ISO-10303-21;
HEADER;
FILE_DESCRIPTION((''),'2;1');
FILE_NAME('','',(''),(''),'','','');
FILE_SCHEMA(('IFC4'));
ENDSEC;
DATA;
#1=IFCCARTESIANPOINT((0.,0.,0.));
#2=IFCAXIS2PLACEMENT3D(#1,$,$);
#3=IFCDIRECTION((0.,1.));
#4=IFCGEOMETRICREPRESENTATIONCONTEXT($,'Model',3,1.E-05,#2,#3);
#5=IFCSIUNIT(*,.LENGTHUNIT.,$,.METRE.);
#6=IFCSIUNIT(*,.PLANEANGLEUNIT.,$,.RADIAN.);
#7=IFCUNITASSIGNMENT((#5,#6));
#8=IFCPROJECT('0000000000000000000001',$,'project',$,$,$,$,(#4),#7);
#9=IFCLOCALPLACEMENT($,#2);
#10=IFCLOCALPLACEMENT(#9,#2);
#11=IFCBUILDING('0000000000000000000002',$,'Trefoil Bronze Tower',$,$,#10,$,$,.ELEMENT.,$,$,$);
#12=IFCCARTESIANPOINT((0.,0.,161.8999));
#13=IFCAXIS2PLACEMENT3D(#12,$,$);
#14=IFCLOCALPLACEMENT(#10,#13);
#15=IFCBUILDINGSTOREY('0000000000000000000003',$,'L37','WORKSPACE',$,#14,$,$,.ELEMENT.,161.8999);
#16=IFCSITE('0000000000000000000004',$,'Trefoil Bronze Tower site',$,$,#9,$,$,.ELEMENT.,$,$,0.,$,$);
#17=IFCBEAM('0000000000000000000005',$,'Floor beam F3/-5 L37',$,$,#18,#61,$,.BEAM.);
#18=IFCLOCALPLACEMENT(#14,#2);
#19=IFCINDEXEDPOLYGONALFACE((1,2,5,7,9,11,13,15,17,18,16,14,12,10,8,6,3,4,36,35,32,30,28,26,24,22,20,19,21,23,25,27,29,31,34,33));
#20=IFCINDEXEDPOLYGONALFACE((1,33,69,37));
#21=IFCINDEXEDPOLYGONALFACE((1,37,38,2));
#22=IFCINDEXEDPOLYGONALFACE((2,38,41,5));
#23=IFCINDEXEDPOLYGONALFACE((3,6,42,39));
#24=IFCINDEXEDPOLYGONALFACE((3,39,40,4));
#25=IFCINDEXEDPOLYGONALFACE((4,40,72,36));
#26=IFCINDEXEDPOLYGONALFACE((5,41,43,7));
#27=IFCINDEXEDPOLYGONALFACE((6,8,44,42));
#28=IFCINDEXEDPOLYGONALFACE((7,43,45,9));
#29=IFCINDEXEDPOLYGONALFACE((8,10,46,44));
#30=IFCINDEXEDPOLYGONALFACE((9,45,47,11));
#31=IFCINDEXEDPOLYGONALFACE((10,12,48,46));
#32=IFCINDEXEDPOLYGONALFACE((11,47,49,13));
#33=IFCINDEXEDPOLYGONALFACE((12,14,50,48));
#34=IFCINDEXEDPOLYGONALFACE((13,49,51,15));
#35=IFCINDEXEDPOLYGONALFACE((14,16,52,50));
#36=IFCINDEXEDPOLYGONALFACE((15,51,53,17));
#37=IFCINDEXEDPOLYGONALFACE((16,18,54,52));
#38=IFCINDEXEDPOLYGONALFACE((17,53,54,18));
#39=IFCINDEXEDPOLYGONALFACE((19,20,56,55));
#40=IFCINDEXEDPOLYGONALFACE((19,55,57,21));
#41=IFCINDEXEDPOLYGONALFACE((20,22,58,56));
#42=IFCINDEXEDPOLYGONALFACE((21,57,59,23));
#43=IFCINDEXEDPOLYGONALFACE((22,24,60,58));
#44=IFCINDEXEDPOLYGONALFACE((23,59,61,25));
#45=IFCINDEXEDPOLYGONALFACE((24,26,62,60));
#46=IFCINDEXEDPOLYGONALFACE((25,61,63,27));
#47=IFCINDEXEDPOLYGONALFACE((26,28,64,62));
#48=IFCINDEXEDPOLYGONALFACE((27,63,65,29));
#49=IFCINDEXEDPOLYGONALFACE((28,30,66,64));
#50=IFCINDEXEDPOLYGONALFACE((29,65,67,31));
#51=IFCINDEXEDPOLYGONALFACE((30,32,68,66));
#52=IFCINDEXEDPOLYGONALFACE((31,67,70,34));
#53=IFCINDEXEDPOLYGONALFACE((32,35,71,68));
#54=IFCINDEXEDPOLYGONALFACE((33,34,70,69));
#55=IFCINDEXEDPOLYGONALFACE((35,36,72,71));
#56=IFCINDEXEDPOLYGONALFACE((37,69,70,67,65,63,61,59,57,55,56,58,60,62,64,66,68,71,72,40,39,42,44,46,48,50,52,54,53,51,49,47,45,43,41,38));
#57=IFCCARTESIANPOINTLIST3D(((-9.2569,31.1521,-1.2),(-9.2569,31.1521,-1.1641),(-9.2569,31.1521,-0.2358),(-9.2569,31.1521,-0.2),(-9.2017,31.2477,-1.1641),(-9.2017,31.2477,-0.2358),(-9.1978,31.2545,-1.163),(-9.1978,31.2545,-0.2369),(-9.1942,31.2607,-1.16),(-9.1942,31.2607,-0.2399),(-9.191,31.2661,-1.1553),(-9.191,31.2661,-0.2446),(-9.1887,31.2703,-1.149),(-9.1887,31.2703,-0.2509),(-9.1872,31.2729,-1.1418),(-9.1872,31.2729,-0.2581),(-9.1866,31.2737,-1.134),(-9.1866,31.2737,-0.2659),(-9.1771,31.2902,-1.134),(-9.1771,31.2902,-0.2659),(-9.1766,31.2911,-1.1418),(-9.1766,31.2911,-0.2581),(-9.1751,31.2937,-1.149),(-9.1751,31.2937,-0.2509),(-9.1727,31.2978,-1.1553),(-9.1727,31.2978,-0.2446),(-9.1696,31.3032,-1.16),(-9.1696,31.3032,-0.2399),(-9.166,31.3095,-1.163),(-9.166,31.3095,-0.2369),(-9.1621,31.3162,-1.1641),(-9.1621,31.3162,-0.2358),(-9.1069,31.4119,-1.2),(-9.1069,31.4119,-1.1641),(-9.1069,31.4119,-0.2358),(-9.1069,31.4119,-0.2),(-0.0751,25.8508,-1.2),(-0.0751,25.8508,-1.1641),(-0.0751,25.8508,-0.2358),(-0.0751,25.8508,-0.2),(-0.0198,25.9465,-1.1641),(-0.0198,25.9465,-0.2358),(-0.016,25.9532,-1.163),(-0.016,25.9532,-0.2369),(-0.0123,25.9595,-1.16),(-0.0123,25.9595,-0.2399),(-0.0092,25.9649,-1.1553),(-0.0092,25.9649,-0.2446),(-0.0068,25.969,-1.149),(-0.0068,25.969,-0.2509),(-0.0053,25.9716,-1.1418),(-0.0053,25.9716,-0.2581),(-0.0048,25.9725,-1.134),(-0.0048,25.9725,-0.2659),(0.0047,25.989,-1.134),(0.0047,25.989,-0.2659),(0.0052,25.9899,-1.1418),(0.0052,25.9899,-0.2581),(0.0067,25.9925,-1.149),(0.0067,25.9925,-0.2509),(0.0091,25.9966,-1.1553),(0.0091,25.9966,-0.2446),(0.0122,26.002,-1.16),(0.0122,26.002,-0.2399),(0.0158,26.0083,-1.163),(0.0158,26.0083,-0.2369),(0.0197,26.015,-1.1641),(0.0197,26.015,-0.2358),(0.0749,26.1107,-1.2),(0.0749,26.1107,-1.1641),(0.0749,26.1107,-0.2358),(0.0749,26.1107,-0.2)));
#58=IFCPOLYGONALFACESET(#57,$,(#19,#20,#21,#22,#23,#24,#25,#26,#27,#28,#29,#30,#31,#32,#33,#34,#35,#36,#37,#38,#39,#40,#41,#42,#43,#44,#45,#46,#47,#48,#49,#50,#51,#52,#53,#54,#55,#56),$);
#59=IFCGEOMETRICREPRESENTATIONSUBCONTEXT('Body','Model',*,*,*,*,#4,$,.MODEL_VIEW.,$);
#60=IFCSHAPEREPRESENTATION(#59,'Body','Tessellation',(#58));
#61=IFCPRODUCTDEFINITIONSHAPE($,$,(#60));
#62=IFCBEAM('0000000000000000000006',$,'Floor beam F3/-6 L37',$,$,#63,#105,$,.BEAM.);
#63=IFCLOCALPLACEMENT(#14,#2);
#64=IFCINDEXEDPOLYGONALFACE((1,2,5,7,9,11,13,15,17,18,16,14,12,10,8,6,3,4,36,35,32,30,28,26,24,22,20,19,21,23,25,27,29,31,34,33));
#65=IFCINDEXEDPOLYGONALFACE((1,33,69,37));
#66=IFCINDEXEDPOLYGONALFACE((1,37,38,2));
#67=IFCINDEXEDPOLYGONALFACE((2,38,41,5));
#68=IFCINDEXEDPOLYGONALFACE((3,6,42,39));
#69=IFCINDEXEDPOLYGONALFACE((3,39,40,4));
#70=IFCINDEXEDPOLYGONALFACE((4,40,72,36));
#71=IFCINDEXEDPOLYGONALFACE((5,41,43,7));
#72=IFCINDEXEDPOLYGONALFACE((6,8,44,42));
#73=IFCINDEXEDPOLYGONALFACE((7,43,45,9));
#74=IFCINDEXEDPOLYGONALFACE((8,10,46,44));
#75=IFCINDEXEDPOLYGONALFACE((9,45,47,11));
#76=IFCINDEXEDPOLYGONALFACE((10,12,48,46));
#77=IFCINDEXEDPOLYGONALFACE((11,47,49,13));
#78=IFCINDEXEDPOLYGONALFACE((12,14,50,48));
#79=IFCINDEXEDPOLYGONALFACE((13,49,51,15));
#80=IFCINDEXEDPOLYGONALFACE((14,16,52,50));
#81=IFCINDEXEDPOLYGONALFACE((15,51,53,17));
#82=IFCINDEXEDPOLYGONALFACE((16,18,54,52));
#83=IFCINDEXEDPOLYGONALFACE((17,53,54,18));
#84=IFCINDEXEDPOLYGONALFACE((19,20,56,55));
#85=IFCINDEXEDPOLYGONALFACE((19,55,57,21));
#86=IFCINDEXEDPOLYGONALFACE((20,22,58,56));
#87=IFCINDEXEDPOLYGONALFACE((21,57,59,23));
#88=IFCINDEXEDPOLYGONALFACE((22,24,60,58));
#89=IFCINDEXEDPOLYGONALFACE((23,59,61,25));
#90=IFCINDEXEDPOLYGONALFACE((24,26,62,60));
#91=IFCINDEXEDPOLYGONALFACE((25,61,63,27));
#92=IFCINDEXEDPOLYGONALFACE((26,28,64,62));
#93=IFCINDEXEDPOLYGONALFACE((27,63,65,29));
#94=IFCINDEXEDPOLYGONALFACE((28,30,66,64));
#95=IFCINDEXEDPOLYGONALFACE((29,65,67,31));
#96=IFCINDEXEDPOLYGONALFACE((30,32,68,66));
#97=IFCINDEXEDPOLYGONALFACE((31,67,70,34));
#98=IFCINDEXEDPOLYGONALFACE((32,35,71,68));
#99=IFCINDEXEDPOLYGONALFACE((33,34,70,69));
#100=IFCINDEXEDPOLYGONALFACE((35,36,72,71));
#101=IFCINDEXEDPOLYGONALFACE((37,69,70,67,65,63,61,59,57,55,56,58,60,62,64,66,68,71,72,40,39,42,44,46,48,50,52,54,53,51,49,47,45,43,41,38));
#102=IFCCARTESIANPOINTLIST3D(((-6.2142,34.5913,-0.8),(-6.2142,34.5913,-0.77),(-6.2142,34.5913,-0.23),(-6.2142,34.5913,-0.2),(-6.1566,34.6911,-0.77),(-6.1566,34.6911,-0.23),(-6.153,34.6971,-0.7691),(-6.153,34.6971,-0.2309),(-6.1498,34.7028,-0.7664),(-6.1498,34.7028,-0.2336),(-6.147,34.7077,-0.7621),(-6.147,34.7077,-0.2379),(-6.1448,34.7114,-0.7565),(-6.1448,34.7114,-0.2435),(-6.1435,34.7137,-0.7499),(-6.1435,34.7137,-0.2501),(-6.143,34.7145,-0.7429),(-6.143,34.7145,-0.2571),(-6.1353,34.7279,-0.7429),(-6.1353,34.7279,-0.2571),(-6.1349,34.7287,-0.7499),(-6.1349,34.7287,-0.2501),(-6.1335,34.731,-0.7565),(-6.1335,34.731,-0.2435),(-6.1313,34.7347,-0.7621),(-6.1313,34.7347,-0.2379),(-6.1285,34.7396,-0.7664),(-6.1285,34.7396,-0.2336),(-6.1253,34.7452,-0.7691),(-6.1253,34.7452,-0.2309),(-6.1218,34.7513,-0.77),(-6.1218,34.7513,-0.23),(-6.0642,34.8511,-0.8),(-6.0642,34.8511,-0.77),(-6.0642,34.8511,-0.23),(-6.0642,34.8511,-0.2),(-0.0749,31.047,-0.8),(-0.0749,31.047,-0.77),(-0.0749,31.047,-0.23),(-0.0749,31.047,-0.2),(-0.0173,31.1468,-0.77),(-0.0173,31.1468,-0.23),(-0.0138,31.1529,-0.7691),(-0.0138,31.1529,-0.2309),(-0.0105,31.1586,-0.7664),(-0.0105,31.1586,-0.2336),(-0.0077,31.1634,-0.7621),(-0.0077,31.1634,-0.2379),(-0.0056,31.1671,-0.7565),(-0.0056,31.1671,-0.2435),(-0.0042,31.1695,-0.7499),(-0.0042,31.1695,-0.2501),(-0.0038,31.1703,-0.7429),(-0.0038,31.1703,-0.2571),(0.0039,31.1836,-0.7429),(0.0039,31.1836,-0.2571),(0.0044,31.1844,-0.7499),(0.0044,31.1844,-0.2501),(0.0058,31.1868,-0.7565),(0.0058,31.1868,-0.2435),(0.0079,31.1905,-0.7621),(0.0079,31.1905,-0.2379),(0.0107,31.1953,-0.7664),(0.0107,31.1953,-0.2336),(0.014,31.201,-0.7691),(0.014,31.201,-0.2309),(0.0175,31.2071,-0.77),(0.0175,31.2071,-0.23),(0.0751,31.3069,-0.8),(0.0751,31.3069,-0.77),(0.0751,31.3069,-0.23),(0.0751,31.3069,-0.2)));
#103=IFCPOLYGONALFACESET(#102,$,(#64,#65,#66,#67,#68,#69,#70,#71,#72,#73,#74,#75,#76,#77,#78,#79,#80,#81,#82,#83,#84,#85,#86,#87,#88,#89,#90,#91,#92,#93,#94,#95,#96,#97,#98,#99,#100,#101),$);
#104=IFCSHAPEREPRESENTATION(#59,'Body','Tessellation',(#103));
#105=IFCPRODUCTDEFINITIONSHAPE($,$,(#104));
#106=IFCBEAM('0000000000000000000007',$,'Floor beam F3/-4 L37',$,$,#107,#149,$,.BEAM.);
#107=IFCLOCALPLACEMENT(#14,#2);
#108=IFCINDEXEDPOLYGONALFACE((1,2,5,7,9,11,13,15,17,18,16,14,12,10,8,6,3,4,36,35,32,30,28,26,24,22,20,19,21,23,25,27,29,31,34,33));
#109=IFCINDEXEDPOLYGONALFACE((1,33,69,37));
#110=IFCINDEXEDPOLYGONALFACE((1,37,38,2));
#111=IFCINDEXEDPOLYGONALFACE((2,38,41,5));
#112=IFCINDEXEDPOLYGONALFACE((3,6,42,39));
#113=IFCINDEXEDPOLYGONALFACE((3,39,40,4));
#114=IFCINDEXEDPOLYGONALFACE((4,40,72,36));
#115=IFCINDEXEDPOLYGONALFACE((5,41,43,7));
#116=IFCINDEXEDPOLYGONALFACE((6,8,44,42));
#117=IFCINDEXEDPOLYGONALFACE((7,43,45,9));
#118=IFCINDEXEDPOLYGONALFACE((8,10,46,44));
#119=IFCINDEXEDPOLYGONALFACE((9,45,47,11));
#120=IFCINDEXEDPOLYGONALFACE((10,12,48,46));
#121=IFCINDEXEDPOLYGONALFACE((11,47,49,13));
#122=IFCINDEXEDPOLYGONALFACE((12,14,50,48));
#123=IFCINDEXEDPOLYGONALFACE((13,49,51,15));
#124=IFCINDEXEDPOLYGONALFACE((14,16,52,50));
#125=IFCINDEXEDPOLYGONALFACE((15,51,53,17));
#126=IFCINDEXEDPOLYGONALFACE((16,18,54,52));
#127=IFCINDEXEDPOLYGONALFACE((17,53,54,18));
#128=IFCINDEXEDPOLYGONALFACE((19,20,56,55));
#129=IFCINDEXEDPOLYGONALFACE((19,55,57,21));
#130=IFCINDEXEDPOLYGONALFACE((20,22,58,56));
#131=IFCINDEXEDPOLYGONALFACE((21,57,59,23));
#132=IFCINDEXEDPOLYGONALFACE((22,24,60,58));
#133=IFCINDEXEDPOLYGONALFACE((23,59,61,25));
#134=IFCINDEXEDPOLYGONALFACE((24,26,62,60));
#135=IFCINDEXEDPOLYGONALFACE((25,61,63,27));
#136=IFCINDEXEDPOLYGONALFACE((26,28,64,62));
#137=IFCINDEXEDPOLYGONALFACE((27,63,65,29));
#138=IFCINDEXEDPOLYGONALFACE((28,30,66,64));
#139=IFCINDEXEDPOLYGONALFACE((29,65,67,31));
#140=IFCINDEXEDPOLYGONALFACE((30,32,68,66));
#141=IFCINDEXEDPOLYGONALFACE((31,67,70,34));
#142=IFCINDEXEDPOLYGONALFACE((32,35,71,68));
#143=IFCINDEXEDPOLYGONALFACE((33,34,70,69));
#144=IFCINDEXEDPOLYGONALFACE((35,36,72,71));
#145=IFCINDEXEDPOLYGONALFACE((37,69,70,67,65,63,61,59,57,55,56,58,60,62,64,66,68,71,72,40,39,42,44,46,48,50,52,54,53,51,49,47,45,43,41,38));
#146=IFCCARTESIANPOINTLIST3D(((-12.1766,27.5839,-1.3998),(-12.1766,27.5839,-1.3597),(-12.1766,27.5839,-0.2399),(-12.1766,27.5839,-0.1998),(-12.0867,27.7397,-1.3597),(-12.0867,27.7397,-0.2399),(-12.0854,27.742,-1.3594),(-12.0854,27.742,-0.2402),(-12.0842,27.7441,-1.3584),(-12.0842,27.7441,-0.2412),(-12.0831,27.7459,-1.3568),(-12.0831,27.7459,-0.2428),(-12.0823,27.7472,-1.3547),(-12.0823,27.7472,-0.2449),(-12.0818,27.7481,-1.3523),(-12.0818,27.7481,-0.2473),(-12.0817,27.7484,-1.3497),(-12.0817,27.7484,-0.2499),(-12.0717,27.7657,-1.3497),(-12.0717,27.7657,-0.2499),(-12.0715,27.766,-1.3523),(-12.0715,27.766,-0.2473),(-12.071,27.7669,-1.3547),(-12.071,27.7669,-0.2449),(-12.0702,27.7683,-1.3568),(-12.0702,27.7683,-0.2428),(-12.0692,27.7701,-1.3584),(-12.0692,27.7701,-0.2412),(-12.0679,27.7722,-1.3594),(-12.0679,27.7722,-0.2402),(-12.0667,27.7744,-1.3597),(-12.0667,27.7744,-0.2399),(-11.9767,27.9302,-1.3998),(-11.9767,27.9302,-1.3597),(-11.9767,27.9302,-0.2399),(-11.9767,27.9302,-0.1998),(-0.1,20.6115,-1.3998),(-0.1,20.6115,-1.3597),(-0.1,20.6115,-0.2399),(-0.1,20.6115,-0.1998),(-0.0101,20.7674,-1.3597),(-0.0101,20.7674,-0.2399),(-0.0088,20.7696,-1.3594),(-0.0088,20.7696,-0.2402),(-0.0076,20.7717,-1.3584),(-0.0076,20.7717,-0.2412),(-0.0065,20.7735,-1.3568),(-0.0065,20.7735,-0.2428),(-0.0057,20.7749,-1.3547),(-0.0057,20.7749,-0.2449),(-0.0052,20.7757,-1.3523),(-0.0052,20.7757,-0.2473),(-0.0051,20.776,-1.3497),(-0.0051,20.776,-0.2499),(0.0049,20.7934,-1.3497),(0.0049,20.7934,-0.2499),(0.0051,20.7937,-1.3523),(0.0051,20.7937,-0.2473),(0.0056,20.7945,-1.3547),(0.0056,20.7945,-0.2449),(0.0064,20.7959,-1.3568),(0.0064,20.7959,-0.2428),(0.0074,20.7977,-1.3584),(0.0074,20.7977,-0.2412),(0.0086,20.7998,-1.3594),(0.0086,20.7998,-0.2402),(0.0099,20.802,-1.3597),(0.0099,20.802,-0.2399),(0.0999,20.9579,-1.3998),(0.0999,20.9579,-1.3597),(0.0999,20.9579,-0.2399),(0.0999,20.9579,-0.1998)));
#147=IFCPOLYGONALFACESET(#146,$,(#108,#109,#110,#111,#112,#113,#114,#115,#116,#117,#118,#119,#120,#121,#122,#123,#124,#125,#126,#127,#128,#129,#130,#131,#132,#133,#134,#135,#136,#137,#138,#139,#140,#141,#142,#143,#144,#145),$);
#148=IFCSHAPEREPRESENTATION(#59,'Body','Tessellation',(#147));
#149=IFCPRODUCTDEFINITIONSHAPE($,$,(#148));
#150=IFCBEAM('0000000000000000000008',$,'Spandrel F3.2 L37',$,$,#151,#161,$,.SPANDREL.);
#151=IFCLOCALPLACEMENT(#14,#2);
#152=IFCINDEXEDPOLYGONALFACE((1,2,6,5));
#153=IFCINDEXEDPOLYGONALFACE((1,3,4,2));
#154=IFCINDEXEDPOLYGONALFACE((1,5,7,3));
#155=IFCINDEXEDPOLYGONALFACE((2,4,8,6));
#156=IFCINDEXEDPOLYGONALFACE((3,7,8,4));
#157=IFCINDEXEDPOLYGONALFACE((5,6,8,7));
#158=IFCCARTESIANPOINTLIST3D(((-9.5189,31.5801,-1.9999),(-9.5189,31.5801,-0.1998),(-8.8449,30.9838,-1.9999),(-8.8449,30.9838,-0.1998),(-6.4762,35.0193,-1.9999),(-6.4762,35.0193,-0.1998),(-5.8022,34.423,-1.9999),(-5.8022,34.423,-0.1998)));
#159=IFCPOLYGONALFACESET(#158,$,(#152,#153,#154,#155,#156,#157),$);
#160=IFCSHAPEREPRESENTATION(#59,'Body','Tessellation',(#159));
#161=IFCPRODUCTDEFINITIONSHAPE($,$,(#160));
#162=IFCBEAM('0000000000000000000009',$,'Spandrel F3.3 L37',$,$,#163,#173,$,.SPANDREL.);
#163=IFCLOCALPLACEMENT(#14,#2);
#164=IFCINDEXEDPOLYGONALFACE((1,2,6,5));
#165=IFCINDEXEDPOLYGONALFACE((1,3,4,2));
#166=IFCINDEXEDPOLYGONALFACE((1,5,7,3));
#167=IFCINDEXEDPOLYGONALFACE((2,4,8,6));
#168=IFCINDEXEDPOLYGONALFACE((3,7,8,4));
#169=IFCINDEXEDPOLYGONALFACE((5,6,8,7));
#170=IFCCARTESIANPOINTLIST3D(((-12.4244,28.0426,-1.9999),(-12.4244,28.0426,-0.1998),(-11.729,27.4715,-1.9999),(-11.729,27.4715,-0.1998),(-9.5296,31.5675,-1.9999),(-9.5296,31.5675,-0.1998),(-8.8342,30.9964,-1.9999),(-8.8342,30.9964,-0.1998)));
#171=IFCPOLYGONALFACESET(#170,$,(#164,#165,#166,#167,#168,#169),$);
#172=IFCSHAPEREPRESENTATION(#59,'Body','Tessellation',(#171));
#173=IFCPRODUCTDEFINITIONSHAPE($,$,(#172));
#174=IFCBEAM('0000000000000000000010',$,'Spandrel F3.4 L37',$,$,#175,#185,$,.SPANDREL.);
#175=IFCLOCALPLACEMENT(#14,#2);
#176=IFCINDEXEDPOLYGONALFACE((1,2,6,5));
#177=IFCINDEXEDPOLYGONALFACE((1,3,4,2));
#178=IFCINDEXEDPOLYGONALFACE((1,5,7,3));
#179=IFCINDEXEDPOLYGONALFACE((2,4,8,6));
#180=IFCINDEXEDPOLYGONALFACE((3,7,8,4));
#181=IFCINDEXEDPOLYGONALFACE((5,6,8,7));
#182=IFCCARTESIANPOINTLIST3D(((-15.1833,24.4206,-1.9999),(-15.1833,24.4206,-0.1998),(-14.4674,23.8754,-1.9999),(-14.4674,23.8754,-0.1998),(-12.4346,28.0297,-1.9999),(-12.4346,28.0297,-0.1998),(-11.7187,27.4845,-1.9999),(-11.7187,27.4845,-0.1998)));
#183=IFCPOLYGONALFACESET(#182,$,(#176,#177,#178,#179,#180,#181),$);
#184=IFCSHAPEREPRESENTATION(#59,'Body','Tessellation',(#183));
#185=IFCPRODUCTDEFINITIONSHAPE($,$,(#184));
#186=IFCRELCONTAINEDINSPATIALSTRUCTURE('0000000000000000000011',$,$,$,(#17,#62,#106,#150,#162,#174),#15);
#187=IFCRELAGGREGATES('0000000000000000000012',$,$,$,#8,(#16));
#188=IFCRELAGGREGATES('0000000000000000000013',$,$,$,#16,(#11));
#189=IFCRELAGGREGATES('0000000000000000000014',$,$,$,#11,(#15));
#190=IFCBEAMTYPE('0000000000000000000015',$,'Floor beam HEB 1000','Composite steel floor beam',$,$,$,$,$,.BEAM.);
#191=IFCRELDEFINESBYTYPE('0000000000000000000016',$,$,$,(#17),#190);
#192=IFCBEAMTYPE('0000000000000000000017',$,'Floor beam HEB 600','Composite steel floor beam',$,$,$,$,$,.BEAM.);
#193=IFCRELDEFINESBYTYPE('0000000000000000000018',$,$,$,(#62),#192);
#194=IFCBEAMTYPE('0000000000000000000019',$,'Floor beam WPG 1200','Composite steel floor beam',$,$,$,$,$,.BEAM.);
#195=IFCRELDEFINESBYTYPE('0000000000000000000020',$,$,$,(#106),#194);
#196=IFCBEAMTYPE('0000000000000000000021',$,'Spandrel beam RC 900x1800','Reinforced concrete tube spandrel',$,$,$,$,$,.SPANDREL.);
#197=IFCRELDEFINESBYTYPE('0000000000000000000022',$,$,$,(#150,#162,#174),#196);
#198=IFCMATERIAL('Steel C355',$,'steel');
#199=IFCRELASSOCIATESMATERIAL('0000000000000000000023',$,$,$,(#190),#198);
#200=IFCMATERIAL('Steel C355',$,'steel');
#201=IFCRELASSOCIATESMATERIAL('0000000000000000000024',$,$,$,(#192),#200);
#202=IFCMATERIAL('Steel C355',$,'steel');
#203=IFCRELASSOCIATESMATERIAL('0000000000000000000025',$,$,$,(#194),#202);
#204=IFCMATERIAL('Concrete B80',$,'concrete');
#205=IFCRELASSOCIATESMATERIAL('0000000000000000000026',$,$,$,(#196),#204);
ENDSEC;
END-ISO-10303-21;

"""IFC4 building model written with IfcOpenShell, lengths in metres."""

from ifc_helpers import new_model, si_unit, direction, frame, origin, origin_2d, place, context, subcontext, project, spatial, rectangle, i_section, extrude, material, material_profile, profile_set, type_object, element, save


model = new_model("IFC4")

# Units and contexts
model_context = context("Model", 3, precision=1e-05, world=origin(), true_north=direction((0.0, 1.0)))
body_context = subcontext(model_context, "Body", "Model", "MODEL_VIEW")
ifc_project = project(units=[si_unit("LENGTHUNIT", "METRE"), si_unit("PLANEANGLEUNIT", "RADIAN")], contexts=[model_context])

# Site, building, storey
site_placement = place(None, origin())
site = spatial("IfcSite", under=ifc_project, at=site_placement, Name="Trefoil Bronze Tower site", CompositionType="ELEMENT", RefElevation=0.0)
building_placement = place(site_placement, origin())
building = spatial("IfcBuilding", under=site, at=building_placement, Name="Trefoil Bronze Tower", CompositionType="ELEMENT")
storey_placement = place(building_placement, frame((0.0, 0.0, 161.8999)))
storey = spatial("IfcBuildingStorey", under=building, at=storey_placement, Name="L37", Description="WORKSPACE", CompositionType="ELEMENT", Elevation=161.8999)

# Beams
ifc_material_1 = material(Name="Steel C355", Category="steel")
ifc_material_profile_1 = material_profile(ifc_material_1, i_section(OverallWidth=0.3, OverallDepth=1.0, WebThickness=0.019, FlangeThickness=0.0359, FilletRadius=0.03, at=origin_2d()), Name="HEB 1000")
ifc_profile_set_1 = profile_set([ifc_material_profile_1], Name="Steel C355")
beam_type_1 = type_object("IfcBeamType", Name="Floor beam HEB 1000", Description="Composite steel floor beam", PredefinedType="BEAM", material=ifc_profile_set_1)
beam_1_placement = place(storey_placement, frame((-9.1819, 31.282, -0.7), z_axis=(0.866021, -0.500007, 0.0), x_axis=(0.500007, 0.866021, 0.0)))
element("IfcBeam", 1, at=beam_1_placement, inside=storey, type_object=beam_type_1, Name="Floor beam F3/-5 L37", PredefinedType="BEAM", context=body_context, shape_type="SweptSolid", body=[
    extrude(i_section(OverallWidth=0.3, OverallDepth=1.0, WebThickness=0.019, FlangeThickness=0.0359, FilletRadius=0.03, at=origin_2d()), origin(), (0.0, 0.0, 1.0), 10.6023),
])
ifc_material_2 = material(Name="Steel C355", Category="steel")
ifc_material_profile_2 = material_profile(ifc_material_2, i_section(OverallWidth=0.3, OverallDepth=0.6001, WebThickness=0.0154, FlangeThickness=0.03, FilletRadius=0.0271, at=origin_2d()), Name="HEB 600")
ifc_profile_set_2 = profile_set([ifc_material_profile_2], Name="Steel C355")
beam_type_2 = type_object("IfcBeamType", Name="Floor beam HEB 600", Description="Composite steel floor beam", PredefinedType="BEAM", material=ifc_profile_set_2)
beam_2_placement = place(storey_placement, frame((-6.1392, 34.7212, -0.5), z_axis=(0.866041, -0.499973, 0.0), x_axis=(0.499973, 0.866041, 0.0)))
element("IfcBeam", 2, at=beam_2_placement, inside=storey, type_object=beam_type_2, Name="Floor beam F3/-6 L37", PredefinedType="BEAM", context=body_context, shape_type="SweptSolid", body=[
    extrude(i_section(OverallWidth=0.3, OverallDepth=0.6001, WebThickness=0.0154, FlangeThickness=0.03, FilletRadius=0.0271, at=origin_2d()), origin(), (0.0, 0.0, 1.0), 7.0889),
])
ifc_material_3 = material(Name="Steel C355", Category="steel")
ifc_material_profile_3 = material_profile(ifc_material_3, i_section(OverallWidth=0.3999, OverallDepth=1.2, WebThickness=0.02, FlangeThickness=0.04, FilletRadius=0.01, at=origin_2d()), Name="WPG 1200")
ifc_profile_set_3 = profile_set([ifc_material_profile_3], Name="Steel C355")
beam_type_3 = type_object("IfcBeamType", Name="Floor beam WPG 1200", Description="Composite steel floor beam", PredefinedType="BEAM", material=ifc_profile_set_3)
beam_3_placement = place(storey_placement, frame((-12.0767, 27.7571, -0.7998), z_axis=(0.866027, -0.499997, 0.0), x_axis=(0.499997, 0.866027, 0.0)))
element("IfcBeam", 3, at=beam_3_placement, inside=storey, type_object=beam_type_3, Name="Floor beam F3/-4 L37", PredefinedType="BEAM", context=body_context, shape_type="SweptSolid", body=[
    extrude(i_section(OverallWidth=0.3999, OverallDepth=1.2, WebThickness=0.02, FlangeThickness=0.04, FilletRadius=0.01, at=origin_2d()), origin(), (0.0, 0.0, 1.0), 13.9448),
])
ifc_material_4 = material(Name="Concrete B80", Category="concrete")
ifc_material_profile_4 = material_profile(ifc_material_4, rectangle(XDim=0.8999, YDim=1.8, at=origin_2d()), Name="RC 900x1800")
ifc_profile_set_4 = profile_set([ifc_material_profile_4], Name="Concrete B80")
beam_type_4 = type_object("IfcBeamType", Name="Spandrel beam RC 900x1800", Description="Reinforced concrete tube spandrel", PredefinedType="SPANDREL", material=ifc_profile_set_4)
beam_4_placement = place(storey_placement, frame((-6.1392, 34.7212, -1.0999), z_axis=(-0.662616, -0.748959, 0.0), x_axis=(0.748959, -0.662616, 0.0)))
element("IfcBeam", 4, at=beam_4_placement, inside=storey, type_object=beam_type_4, Name="Spandrel F3.2 L37", PredefinedType="SPANDREL", context=body_context, shape_type="SweptSolid", body=[
    extrude(rectangle(XDim=0.8999, YDim=1.8, at=origin_2d()), origin(), (0.0, 0.0, 1.0), 4.592),
])
beam_5_placement = place(storey_placement, frame((-9.1819, 31.282, -1.0999), z_axis=(-0.63465, -0.772799, 0.0), x_axis=(0.772799, -0.63465, 0.0)))
element("IfcBeam", 5, at=beam_5_placement, inside=storey, type_object=beam_type_4, Name="Spandrel F3.3 L37", PredefinedType="SPANDREL", context=body_context, shape_type="SweptSolid", body=[
    extrude(rectangle(XDim=0.8999, YDim=1.8, at=origin_2d()), origin(), (0.0, 0.0, 1.0), 4.5613),
])
beam_6_placement = place(storey_placement, frame((-12.0767, 27.7571, -1.0999), z_axis=(-0.605899, -0.795542, 0.0), x_axis=(0.795542, -0.605899, 0.0)))
element("IfcBeam", 6, at=beam_6_placement, inside=storey, type_object=beam_type_4, Name="Spandrel F3.4 L37", PredefinedType="SPANDREL", context=body_context, shape_type="SweptSolid", body=[
    extrude(rectangle(XDim=0.8999, YDim=1.8, at=origin_2d()), origin(), (0.0, 0.0, 1.0), 4.5366),
])

save(model, "model.ifc")
